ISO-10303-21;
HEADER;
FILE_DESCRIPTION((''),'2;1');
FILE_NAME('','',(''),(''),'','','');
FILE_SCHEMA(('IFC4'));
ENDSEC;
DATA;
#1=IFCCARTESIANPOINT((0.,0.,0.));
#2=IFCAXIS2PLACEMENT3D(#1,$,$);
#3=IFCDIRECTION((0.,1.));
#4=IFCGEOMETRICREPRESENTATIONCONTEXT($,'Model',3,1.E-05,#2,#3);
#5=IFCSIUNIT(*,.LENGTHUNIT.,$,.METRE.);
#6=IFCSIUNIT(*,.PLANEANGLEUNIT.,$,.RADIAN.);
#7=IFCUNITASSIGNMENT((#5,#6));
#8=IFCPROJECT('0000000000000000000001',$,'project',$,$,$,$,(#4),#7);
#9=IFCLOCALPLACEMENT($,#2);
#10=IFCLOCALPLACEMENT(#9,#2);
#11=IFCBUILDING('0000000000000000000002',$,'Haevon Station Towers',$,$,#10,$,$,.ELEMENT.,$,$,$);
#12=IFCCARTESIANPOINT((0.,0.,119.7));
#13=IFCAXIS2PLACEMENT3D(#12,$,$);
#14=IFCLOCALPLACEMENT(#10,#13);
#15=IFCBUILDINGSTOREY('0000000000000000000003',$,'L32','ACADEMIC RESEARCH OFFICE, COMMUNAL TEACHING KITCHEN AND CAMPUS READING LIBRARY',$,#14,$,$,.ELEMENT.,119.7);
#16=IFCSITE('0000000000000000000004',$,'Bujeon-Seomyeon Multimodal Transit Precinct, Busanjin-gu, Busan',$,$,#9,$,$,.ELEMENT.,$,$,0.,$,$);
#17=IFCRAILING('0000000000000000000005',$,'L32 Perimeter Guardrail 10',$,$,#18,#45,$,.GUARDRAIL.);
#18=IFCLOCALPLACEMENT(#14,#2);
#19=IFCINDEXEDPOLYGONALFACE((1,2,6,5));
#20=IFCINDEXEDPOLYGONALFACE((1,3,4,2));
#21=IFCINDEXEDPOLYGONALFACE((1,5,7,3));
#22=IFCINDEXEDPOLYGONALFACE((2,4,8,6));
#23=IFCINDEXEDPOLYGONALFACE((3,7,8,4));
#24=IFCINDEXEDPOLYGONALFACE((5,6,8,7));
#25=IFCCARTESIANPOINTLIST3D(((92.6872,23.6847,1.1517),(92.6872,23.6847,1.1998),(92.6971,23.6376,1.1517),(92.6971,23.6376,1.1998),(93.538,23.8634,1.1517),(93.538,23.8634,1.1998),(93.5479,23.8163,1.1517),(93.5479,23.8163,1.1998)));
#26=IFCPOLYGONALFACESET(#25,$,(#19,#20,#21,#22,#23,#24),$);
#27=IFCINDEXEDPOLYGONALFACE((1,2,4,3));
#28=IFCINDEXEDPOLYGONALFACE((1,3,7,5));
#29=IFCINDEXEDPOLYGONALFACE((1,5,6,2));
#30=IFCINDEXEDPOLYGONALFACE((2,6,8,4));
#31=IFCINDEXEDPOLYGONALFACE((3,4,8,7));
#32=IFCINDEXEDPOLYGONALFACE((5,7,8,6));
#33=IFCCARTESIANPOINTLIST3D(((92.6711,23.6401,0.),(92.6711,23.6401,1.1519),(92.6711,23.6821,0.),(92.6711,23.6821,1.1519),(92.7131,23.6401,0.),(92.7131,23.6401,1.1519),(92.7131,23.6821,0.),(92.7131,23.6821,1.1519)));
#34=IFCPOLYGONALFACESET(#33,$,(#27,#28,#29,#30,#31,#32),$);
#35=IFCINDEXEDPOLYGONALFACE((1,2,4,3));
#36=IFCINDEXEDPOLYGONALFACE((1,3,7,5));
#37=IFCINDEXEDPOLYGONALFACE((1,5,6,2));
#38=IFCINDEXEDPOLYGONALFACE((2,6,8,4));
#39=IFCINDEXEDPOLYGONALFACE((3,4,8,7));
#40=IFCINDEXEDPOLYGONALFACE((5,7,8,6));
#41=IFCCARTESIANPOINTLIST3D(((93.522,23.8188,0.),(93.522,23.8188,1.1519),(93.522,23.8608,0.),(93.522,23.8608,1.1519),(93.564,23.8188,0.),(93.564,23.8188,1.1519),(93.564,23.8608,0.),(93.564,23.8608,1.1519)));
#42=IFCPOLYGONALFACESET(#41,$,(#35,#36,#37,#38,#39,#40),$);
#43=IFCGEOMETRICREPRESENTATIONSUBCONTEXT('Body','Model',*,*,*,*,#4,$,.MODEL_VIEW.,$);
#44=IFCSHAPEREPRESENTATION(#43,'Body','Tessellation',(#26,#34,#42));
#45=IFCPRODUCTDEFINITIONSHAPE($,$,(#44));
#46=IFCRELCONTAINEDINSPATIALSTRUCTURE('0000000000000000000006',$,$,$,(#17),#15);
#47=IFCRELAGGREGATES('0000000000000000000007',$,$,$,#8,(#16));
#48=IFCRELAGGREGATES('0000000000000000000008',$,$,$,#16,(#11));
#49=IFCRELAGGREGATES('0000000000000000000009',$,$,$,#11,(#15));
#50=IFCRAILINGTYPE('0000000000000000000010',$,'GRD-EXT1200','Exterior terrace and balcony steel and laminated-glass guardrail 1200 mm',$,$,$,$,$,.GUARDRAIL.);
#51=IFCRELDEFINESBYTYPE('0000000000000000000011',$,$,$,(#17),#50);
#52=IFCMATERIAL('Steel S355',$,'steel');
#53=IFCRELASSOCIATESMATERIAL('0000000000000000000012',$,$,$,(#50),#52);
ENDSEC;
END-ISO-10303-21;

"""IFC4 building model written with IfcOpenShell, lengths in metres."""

from ifc_helpers import new_model, si_unit, direction, frame, origin, origin_2d, place, context, subcontext, project, spatial, rectangle, extrude, material, type_object, element, save


model = new_model("IFC4")

# Units and contexts
model_context = context("Model", 3, precision=1e-05, world=origin(), true_north=direction((0.0, 1.0)))
body_context = subcontext(model_context, "Body", "Model", "MODEL_VIEW")
ifc_project = project(units=[si_unit("LENGTHUNIT", "METRE"), si_unit("PLANEANGLEUNIT", "RADIAN")], contexts=[model_context])

# Site, building, storey
site_placement = place(None, origin())
site = spatial("IfcSite", under=ifc_project, at=site_placement, Name="Bujeon-Seomyeon Multimodal Transit Precinct, Busanjin-gu, Busan", CompositionType="ELEMENT", RefElevation=0.0)
building_placement = place(site_placement, origin())
building = spatial("IfcBuilding", under=site, at=building_placement, Name="Haevon Station Towers", CompositionType="ELEMENT")
storey_placement = place(building_placement, frame((0.0, 0.0, 119.7)))
storey = spatial("IfcBuildingStorey", under=building, at=storey_placement, Name="L32", Description="ACADEMIC RESEARCH OFFICE, COMMUNAL TEACHING KITCHEN AND CAMPUS READING LIBRARY", CompositionType="ELEMENT", Elevation=119.7)

# Shared definitions
ifc_material_1 = material(Name="Steel S355", Category="steel")

# Railing
railing_type = type_object("IfcRailingType", Name="GRD-EXT1200", Description="Exterior terrace and balcony steel and laminated-glass guardrail 1200 mm", PredefinedType="GUARDRAIL", material=ifc_material_1)
railing_1_placement = place(storey_placement, frame((92.6921, 23.6611, 0.0)))
element("IfcRailing", 1, at=railing_1_placement, inside=storey, type_object=railing_type, Name="L32 Perimeter Guardrail 10", PredefinedType="GUARDRAIL", context=body_context, shape_type="SweptSolid", body=[
    extrude(rectangle(XDim=0.0481, YDim=0.0481, at=origin_2d()), frame((0.0, 0.0, 1.1758), z_axis=(0.978645, 0.205558, 0.0), x_axis=(-0.205558, 0.978645, 0.0)), (0.0, 0.0, 1.0), 0.8694),
    extrude(rectangle(XDim=0.042, YDim=0.042, at=origin_2d()), origin(), (0.0, 0.0, 1.0), 1.1519),
    extrude(rectangle(XDim=0.042, YDim=0.042, at=origin_2d()), frame((0.8508, 0.1787, 0.0)), (0.0, 0.0, 1.0), 1.1519),
])

save(model, "model.ifc")
